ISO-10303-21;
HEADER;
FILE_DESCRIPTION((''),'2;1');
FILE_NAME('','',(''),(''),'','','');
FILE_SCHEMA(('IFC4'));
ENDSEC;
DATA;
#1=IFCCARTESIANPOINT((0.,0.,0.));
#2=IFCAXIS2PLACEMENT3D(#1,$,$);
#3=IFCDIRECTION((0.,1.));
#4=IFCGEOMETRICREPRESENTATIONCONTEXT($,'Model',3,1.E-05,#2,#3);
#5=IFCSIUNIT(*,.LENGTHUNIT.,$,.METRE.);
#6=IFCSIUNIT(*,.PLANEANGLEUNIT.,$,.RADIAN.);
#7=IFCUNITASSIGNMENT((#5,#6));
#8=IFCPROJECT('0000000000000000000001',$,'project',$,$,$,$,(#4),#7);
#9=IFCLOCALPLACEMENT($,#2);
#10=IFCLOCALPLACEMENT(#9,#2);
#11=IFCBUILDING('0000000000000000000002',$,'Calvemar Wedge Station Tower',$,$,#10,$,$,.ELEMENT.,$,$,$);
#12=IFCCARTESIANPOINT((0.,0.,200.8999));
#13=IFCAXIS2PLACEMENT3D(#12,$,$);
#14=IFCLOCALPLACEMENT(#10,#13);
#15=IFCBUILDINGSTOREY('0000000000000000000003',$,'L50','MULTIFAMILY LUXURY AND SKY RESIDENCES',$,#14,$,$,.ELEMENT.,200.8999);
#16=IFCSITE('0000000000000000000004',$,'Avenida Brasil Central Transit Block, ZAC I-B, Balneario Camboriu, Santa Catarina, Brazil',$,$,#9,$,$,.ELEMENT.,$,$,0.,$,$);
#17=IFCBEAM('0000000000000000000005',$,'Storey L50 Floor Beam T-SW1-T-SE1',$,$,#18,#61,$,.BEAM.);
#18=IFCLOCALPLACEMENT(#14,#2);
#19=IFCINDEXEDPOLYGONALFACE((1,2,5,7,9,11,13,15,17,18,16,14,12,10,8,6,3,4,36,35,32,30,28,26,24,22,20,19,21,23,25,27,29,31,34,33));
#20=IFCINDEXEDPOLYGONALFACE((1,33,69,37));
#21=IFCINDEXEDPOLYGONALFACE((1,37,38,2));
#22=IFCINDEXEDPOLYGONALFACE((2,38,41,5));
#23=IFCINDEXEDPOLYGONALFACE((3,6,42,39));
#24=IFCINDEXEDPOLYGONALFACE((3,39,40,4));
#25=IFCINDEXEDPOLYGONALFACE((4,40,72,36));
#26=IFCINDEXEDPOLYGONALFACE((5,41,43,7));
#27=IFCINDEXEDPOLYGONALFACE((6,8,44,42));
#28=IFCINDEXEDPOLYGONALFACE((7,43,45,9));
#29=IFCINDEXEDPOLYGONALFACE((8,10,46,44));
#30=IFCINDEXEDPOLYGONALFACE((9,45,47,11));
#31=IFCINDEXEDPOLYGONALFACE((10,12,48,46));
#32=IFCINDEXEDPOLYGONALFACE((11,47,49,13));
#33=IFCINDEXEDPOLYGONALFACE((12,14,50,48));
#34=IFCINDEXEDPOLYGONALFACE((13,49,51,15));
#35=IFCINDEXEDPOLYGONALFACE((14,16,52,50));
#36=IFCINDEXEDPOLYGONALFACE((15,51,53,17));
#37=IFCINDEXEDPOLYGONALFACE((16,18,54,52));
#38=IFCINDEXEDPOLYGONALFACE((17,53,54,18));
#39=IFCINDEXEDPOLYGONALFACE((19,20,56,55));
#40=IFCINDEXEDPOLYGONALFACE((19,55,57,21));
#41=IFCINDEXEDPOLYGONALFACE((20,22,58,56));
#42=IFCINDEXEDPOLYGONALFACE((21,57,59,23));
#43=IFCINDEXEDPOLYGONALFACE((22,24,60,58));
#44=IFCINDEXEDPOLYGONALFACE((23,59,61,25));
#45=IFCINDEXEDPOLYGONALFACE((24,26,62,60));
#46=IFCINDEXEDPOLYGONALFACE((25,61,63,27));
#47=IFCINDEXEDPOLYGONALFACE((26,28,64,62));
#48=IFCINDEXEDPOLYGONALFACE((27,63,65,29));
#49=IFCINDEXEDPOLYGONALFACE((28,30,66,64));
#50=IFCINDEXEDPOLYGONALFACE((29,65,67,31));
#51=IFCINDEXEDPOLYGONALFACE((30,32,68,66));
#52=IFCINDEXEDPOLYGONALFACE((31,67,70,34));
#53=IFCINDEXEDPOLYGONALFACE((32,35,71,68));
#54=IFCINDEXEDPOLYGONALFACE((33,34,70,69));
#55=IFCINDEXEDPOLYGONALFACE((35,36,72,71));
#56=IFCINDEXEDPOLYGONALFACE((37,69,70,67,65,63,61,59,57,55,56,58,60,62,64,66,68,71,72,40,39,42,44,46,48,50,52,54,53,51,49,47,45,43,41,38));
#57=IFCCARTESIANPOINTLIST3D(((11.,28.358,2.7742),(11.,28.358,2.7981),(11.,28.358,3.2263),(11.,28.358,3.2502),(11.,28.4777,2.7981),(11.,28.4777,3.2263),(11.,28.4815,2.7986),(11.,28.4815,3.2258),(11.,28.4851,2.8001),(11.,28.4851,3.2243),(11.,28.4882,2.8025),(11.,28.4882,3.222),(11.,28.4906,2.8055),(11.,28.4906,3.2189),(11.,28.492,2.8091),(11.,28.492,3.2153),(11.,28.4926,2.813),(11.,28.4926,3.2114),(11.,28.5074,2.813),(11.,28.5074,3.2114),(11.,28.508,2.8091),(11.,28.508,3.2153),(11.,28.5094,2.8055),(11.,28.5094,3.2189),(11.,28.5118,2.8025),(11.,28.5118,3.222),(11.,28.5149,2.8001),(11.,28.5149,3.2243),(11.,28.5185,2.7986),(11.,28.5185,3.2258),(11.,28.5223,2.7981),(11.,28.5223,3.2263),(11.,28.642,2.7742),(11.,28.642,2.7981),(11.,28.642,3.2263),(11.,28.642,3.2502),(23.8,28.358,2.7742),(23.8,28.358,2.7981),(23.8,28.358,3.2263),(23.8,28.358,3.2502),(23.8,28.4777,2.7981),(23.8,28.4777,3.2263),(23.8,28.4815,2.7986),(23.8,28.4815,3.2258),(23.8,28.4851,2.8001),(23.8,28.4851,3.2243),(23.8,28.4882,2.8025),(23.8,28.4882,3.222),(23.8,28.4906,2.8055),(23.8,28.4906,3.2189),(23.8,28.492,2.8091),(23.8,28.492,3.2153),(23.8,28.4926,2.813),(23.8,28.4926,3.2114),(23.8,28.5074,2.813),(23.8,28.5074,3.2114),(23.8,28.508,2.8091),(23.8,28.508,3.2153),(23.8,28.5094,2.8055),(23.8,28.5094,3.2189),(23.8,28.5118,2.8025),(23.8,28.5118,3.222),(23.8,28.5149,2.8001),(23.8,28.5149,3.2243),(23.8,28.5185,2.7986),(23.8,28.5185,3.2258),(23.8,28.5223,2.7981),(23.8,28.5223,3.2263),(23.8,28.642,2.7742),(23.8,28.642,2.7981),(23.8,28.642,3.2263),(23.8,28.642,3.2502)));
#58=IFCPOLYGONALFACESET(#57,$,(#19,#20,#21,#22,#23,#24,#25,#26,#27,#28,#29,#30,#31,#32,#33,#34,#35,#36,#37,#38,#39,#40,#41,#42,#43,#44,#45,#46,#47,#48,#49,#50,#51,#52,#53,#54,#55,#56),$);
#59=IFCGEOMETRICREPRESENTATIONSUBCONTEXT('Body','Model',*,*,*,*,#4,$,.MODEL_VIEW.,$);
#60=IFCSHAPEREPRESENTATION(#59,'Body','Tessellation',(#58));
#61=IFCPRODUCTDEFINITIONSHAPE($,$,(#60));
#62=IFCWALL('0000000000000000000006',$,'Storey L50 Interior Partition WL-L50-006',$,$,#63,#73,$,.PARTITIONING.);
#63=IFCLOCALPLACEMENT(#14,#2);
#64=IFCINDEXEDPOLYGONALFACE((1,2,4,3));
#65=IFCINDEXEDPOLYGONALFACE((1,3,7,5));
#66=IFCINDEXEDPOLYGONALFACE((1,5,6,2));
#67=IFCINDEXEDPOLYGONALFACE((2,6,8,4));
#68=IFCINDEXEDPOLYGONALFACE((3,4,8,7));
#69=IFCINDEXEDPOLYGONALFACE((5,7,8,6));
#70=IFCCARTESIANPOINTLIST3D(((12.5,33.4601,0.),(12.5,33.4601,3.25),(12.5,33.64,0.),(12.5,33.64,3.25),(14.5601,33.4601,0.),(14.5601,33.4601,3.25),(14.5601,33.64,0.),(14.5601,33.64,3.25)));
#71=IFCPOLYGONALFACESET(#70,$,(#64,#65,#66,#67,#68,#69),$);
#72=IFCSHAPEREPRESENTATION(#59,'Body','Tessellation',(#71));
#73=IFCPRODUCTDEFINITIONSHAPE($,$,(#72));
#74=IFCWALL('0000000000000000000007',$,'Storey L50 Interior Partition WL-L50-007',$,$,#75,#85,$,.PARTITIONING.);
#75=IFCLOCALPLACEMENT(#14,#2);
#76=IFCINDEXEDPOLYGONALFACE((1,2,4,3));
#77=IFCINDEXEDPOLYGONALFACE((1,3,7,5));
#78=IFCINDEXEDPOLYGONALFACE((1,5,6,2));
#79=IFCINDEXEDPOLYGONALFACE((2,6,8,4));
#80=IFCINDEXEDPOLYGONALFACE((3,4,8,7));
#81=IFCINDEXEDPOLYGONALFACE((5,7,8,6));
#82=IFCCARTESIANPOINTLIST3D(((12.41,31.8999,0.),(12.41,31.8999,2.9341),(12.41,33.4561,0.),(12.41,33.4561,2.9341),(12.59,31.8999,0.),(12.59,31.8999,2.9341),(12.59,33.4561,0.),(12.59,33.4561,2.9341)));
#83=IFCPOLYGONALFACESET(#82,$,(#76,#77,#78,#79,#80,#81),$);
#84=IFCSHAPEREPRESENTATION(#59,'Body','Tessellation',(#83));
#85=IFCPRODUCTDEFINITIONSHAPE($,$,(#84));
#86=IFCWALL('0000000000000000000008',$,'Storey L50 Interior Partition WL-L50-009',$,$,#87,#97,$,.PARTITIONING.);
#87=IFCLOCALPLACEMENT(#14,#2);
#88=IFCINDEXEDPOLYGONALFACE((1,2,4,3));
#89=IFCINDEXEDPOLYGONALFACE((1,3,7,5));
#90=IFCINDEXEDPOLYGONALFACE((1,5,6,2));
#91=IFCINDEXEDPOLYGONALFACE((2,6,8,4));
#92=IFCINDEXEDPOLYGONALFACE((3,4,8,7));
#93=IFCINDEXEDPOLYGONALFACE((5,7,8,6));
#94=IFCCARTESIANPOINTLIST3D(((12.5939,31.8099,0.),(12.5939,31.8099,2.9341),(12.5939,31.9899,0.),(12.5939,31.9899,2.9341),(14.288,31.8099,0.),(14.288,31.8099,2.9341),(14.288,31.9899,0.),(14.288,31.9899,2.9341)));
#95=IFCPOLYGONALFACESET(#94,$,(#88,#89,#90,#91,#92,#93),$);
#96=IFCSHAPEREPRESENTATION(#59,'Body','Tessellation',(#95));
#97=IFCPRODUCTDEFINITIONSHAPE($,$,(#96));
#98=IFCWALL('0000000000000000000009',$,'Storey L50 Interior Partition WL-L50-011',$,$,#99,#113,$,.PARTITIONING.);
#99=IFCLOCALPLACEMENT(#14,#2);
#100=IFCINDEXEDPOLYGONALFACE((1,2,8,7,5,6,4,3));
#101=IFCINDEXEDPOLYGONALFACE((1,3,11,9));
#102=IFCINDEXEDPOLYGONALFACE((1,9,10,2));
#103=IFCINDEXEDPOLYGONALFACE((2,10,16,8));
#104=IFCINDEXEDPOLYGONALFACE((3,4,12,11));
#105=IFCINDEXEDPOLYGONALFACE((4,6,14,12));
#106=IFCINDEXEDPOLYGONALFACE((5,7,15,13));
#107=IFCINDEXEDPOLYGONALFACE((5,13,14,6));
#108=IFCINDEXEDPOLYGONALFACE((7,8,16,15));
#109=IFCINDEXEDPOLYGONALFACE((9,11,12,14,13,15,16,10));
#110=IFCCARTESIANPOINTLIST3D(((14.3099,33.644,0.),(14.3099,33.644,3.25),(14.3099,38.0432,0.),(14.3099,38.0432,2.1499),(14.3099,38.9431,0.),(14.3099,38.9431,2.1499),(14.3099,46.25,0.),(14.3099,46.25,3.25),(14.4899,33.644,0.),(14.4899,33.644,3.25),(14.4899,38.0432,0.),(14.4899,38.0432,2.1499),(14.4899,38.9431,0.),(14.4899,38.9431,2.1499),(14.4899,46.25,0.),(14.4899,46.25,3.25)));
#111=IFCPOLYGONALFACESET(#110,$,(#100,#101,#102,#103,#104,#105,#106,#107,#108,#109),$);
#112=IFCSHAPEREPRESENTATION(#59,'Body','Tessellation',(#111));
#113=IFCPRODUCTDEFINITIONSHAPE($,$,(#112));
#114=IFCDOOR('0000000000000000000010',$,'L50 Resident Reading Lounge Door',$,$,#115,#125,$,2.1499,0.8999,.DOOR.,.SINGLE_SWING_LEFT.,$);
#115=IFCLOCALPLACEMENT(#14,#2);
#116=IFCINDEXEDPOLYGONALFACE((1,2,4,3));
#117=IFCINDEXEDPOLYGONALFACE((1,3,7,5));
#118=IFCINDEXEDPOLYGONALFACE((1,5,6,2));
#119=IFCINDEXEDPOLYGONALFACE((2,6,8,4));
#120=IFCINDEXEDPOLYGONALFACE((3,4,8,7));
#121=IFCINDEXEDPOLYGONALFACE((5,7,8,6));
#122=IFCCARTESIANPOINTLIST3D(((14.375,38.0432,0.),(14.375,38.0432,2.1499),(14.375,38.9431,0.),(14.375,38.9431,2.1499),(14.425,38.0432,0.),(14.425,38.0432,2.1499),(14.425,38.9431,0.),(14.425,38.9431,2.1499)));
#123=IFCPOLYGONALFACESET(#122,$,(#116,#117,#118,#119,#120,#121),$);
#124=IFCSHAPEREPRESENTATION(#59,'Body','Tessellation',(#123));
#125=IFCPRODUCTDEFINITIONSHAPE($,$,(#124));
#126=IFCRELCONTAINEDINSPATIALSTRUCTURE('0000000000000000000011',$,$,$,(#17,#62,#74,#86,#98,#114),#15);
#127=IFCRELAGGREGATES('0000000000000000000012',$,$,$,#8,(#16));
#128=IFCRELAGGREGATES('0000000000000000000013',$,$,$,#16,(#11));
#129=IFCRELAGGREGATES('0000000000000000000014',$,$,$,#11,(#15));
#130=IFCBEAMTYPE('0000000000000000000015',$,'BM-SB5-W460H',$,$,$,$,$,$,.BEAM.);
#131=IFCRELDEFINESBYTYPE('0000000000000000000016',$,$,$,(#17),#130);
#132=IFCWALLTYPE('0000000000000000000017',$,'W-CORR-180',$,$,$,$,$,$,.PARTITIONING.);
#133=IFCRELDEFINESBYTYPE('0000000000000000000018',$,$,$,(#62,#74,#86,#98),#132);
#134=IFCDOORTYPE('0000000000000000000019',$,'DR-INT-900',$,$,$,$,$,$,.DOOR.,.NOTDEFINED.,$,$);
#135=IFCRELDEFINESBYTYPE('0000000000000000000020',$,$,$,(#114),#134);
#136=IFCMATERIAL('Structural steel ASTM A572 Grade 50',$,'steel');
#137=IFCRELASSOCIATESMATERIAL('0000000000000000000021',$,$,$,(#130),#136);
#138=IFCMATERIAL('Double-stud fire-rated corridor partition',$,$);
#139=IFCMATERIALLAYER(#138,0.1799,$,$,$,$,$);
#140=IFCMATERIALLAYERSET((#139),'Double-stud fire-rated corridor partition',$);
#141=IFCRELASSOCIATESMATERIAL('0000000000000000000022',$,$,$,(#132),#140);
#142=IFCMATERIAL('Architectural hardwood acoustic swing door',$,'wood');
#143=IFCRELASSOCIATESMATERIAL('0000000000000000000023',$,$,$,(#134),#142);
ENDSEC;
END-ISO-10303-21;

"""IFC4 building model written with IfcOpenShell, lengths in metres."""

from ifc_helpers import new_model, si_unit, direction, frame, frame_2d, origin, origin_2d, place, context, subcontext, project, spatial, rectangle, i_section, extrude, source, transform, mapped, material, layer, layer_set, material_profile, profile_set, type_object, element, fill, save


model = new_model("IFC4")

# Units and contexts
model_context = context("Model", 3, precision=1e-05, world=origin(), true_north=direction((0.0, 1.0)))
body_context = subcontext(model_context, "Body", "Model", "MODEL_VIEW")
ifc_project = project(units=[si_unit("LENGTHUNIT", "METRE"), si_unit("PLANEANGLEUNIT", "RADIAN")], contexts=[model_context])

# Site, building, storey
site_placement = place(None, origin())
site = spatial("IfcSite", under=ifc_project, at=site_placement, Name="Avenida Brasil Central Transit Block, ZAC I-B, Balneario Camboriu, Santa Catarina, Brazil", CompositionType="ELEMENT", RefElevation=0.0)
building_placement = place(site_placement, origin())
building = spatial("IfcBuilding", under=site, at=building_placement, Name="Calvemar Wedge Station Tower", CompositionType="ELEMENT")
storey_placement = place(building_placement, frame((0.0, 0.0, 200.8999)))
storey = spatial("IfcBuildingStorey", under=building, at=storey_placement, Name="L50", Description="MULTIFAMILY LUXURY AND SKY RESIDENCES", CompositionType="ELEMENT", Elevation=200.8999)

# Beam
ifc_material_1 = material(Name="Structural steel ASTM A572 Grade 50", Category="steel")
ifc_material_profile_1 = material_profile(ifc_material_1, i_section(OverallWidth=0.2839, OverallDepth=0.4761, WebThickness=0.0149, FlangeThickness=0.0239, FilletRadius=0.0149, at=origin_2d()), Name="W460x158")
ifc_profile_set_1 = profile_set([ifc_material_profile_1], Name="Structural steel ASTM A572 Grade 50")
beam_type_1 = type_object("IfcBeamType", Name="BM-SB5-W460H", PredefinedType="BEAM", material=ifc_profile_set_1)
shared_shape_1 = source(origin(), body_context, "Body", "SweptSolid", [
    extrude(i_section(OverallWidth=0.2839, OverallDepth=0.4761, WebThickness=0.0149, FlangeThickness=0.0239, FilletRadius=0.0149, at=origin_2d()), origin(), (0.0, 0.0, 1.0), 12.8),
])
beam_1_placement = place(storey_placement, frame((11.0, 28.5, 3.0122), z_axis=(1.0, 0.0, 0.0), x_axis=(0.0, 1.0, 0.0)))
element("IfcBeam", 1, at=beam_1_placement, inside=storey, type_object=beam_type_1, Name="Storey L50 Floor Beam T-SW1-T-SE1", PredefinedType="BEAM", context=body_context, shape_type="MappedRepresentation", body=[
    mapped(shared_shape_1, transform((0.0, 0.0, 0.0), scale=1.0)),
])

# Walls
ifc_material_2 = material(Name="Double-stud fire-rated corridor partition")
ifc_layer_1 = layer(ifc_material_2, 0.1799)
ifc_layer_set_1 = layer_set([ifc_layer_1], Name="Double-stud fire-rated corridor partition")
wall_type_1 = type_object("IfcWallType", Name="W-CORR-180", PredefinedType="PARTITIONING", material=ifc_layer_set_1)
wall_1_placement = place(storey_placement, frame((12.5, 33.55, 0.0), z_axis=(0.0, 0.0, 1.0), x_axis=(1.0, 0.0, 0.0)))
element("IfcWall", 2, at=wall_1_placement, inside=storey, type_object=wall_type_1, Name="Storey L50 Interior Partition WL-L50-006", PredefinedType="PARTITIONING", context=body_context, shape_type="SweptSolid", body=[
    extrude(rectangle(XDim=2.0601, YDim=0.1799, at=frame_2d((1.03, 0.0))), origin(), (0.0, 0.0, 1.0), 3.25),
])
wall_2_placement = place(storey_placement, frame((12.5, 31.8999, 0.0), z_axis=(0.0, 0.0, 1.0), x_axis=(0.0, 1.0, 0.0)))
element("IfcWall", 3, at=wall_2_placement, inside=storey, type_object=wall_type_1, Name="Storey L50 Interior Partition WL-L50-007", PredefinedType="PARTITIONING", context=body_context, shape_type="SweptSolid", body=[
    extrude(rectangle(XDim=1.5562, YDim=0.1799, at=frame_2d((0.7781, 0.0))), origin(), (0.0, 0.0, 1.0), 2.9341),
])
wall_3_placement = place(storey_placement, frame((14.2881, 31.8999, 0.0), z_axis=(0.0, 0.0, 1.0), x_axis=(-1.0, 0.0, 0.0)))
element("IfcWall", 4, at=wall_3_placement, inside=storey, type_object=wall_type_1, Name="Storey L50 Interior Partition WL-L50-009", PredefinedType="PARTITIONING", context=body_context, shape_type="SweptSolid", body=[
    extrude(rectangle(XDim=1.6941, YDim=0.1799, at=frame_2d((0.8472, 0.0))), origin(), (0.0, 0.0, 1.0), 2.9341),
])

# Wall, opening, door
wall_4_placement = place(storey_placement, frame((14.3999, 33.644, 0.0), z_axis=(0.0, 0.0, 1.0), x_axis=(0.0, 1.0, 0.0)))
wall_4 = element("IfcWall", 5, at=wall_4_placement, inside=storey, type_object=wall_type_1, Name="Storey L50 Interior Partition WL-L50-011", PredefinedType="PARTITIONING", context=body_context, shape_type="SweptSolid", body=[
    extrude(rectangle(XDim=12.606, YDim=0.1799, at=frame_2d((6.303, 0.0))), origin(), (0.0, 0.0, 1.0), 3.25),
])
shared_shape_2 = source(origin(), body_context, "Body", "SweptSolid", [
    extrude(rectangle(XDim=0.8999, YDim=2.1499, at=frame_2d((0.45, 1.075))), frame((0.0, 0.1001, 0.0), z_axis=(0.0, -1.0, 0.0), x_axis=(1.0, 0.0, 0.0)), (0.0, 0.0, 1.0), 0.2),
])
opening_1_placement = place(wall_4_placement, frame((4.3992, 0.0, 0.0)))
opening_1 = element("IfcOpeningElement", 6, at=opening_1_placement, cuts=wall_4, PredefinedType="OPENING", context=body_context, shape_type="MappedRepresentation", body=[
    mapped(shared_shape_2, transform((0.0, 0.0, 0.0), scale=1.0)),
])
ifc_material_3 = material(Name="Architectural hardwood acoustic swing door", Category="wood")
door_type = type_object("IfcDoorType", Name="DR-INT-900", OperationType="NOTDEFINED", PredefinedType="DOOR", material=ifc_material_3)
shared_shape_3 = source(origin(), body_context, "Body", "SweptSolid", [
    extrude(rectangle(XDim=0.8999, YDim=2.1499, at=frame_2d((0.45, 1.075))), frame((0.0, 0.0249, 0.0), z_axis=(0.0, -1.0, 0.0), x_axis=(1.0, 0.0, 0.0)), (0.0, 0.0, 1.0), 0.05),
])
door_placement = place(opening_1_placement, origin())
door = element("IfcDoor", 7, at=door_placement, inside=storey, type_object=door_type, Name="L50 Resident Reading Lounge Door", OperationType="SINGLE_SWING_LEFT", OverallHeight=2.1499, OverallWidth=0.8999, PredefinedType="DOOR", context=body_context, shape_type="MappedRepresentation", body=[
    mapped(shared_shape_3, transform((0.0, 0.0, 0.0), scale=1.0)),
])
fill(opening_1, door)

save(model, "model.ifc")
